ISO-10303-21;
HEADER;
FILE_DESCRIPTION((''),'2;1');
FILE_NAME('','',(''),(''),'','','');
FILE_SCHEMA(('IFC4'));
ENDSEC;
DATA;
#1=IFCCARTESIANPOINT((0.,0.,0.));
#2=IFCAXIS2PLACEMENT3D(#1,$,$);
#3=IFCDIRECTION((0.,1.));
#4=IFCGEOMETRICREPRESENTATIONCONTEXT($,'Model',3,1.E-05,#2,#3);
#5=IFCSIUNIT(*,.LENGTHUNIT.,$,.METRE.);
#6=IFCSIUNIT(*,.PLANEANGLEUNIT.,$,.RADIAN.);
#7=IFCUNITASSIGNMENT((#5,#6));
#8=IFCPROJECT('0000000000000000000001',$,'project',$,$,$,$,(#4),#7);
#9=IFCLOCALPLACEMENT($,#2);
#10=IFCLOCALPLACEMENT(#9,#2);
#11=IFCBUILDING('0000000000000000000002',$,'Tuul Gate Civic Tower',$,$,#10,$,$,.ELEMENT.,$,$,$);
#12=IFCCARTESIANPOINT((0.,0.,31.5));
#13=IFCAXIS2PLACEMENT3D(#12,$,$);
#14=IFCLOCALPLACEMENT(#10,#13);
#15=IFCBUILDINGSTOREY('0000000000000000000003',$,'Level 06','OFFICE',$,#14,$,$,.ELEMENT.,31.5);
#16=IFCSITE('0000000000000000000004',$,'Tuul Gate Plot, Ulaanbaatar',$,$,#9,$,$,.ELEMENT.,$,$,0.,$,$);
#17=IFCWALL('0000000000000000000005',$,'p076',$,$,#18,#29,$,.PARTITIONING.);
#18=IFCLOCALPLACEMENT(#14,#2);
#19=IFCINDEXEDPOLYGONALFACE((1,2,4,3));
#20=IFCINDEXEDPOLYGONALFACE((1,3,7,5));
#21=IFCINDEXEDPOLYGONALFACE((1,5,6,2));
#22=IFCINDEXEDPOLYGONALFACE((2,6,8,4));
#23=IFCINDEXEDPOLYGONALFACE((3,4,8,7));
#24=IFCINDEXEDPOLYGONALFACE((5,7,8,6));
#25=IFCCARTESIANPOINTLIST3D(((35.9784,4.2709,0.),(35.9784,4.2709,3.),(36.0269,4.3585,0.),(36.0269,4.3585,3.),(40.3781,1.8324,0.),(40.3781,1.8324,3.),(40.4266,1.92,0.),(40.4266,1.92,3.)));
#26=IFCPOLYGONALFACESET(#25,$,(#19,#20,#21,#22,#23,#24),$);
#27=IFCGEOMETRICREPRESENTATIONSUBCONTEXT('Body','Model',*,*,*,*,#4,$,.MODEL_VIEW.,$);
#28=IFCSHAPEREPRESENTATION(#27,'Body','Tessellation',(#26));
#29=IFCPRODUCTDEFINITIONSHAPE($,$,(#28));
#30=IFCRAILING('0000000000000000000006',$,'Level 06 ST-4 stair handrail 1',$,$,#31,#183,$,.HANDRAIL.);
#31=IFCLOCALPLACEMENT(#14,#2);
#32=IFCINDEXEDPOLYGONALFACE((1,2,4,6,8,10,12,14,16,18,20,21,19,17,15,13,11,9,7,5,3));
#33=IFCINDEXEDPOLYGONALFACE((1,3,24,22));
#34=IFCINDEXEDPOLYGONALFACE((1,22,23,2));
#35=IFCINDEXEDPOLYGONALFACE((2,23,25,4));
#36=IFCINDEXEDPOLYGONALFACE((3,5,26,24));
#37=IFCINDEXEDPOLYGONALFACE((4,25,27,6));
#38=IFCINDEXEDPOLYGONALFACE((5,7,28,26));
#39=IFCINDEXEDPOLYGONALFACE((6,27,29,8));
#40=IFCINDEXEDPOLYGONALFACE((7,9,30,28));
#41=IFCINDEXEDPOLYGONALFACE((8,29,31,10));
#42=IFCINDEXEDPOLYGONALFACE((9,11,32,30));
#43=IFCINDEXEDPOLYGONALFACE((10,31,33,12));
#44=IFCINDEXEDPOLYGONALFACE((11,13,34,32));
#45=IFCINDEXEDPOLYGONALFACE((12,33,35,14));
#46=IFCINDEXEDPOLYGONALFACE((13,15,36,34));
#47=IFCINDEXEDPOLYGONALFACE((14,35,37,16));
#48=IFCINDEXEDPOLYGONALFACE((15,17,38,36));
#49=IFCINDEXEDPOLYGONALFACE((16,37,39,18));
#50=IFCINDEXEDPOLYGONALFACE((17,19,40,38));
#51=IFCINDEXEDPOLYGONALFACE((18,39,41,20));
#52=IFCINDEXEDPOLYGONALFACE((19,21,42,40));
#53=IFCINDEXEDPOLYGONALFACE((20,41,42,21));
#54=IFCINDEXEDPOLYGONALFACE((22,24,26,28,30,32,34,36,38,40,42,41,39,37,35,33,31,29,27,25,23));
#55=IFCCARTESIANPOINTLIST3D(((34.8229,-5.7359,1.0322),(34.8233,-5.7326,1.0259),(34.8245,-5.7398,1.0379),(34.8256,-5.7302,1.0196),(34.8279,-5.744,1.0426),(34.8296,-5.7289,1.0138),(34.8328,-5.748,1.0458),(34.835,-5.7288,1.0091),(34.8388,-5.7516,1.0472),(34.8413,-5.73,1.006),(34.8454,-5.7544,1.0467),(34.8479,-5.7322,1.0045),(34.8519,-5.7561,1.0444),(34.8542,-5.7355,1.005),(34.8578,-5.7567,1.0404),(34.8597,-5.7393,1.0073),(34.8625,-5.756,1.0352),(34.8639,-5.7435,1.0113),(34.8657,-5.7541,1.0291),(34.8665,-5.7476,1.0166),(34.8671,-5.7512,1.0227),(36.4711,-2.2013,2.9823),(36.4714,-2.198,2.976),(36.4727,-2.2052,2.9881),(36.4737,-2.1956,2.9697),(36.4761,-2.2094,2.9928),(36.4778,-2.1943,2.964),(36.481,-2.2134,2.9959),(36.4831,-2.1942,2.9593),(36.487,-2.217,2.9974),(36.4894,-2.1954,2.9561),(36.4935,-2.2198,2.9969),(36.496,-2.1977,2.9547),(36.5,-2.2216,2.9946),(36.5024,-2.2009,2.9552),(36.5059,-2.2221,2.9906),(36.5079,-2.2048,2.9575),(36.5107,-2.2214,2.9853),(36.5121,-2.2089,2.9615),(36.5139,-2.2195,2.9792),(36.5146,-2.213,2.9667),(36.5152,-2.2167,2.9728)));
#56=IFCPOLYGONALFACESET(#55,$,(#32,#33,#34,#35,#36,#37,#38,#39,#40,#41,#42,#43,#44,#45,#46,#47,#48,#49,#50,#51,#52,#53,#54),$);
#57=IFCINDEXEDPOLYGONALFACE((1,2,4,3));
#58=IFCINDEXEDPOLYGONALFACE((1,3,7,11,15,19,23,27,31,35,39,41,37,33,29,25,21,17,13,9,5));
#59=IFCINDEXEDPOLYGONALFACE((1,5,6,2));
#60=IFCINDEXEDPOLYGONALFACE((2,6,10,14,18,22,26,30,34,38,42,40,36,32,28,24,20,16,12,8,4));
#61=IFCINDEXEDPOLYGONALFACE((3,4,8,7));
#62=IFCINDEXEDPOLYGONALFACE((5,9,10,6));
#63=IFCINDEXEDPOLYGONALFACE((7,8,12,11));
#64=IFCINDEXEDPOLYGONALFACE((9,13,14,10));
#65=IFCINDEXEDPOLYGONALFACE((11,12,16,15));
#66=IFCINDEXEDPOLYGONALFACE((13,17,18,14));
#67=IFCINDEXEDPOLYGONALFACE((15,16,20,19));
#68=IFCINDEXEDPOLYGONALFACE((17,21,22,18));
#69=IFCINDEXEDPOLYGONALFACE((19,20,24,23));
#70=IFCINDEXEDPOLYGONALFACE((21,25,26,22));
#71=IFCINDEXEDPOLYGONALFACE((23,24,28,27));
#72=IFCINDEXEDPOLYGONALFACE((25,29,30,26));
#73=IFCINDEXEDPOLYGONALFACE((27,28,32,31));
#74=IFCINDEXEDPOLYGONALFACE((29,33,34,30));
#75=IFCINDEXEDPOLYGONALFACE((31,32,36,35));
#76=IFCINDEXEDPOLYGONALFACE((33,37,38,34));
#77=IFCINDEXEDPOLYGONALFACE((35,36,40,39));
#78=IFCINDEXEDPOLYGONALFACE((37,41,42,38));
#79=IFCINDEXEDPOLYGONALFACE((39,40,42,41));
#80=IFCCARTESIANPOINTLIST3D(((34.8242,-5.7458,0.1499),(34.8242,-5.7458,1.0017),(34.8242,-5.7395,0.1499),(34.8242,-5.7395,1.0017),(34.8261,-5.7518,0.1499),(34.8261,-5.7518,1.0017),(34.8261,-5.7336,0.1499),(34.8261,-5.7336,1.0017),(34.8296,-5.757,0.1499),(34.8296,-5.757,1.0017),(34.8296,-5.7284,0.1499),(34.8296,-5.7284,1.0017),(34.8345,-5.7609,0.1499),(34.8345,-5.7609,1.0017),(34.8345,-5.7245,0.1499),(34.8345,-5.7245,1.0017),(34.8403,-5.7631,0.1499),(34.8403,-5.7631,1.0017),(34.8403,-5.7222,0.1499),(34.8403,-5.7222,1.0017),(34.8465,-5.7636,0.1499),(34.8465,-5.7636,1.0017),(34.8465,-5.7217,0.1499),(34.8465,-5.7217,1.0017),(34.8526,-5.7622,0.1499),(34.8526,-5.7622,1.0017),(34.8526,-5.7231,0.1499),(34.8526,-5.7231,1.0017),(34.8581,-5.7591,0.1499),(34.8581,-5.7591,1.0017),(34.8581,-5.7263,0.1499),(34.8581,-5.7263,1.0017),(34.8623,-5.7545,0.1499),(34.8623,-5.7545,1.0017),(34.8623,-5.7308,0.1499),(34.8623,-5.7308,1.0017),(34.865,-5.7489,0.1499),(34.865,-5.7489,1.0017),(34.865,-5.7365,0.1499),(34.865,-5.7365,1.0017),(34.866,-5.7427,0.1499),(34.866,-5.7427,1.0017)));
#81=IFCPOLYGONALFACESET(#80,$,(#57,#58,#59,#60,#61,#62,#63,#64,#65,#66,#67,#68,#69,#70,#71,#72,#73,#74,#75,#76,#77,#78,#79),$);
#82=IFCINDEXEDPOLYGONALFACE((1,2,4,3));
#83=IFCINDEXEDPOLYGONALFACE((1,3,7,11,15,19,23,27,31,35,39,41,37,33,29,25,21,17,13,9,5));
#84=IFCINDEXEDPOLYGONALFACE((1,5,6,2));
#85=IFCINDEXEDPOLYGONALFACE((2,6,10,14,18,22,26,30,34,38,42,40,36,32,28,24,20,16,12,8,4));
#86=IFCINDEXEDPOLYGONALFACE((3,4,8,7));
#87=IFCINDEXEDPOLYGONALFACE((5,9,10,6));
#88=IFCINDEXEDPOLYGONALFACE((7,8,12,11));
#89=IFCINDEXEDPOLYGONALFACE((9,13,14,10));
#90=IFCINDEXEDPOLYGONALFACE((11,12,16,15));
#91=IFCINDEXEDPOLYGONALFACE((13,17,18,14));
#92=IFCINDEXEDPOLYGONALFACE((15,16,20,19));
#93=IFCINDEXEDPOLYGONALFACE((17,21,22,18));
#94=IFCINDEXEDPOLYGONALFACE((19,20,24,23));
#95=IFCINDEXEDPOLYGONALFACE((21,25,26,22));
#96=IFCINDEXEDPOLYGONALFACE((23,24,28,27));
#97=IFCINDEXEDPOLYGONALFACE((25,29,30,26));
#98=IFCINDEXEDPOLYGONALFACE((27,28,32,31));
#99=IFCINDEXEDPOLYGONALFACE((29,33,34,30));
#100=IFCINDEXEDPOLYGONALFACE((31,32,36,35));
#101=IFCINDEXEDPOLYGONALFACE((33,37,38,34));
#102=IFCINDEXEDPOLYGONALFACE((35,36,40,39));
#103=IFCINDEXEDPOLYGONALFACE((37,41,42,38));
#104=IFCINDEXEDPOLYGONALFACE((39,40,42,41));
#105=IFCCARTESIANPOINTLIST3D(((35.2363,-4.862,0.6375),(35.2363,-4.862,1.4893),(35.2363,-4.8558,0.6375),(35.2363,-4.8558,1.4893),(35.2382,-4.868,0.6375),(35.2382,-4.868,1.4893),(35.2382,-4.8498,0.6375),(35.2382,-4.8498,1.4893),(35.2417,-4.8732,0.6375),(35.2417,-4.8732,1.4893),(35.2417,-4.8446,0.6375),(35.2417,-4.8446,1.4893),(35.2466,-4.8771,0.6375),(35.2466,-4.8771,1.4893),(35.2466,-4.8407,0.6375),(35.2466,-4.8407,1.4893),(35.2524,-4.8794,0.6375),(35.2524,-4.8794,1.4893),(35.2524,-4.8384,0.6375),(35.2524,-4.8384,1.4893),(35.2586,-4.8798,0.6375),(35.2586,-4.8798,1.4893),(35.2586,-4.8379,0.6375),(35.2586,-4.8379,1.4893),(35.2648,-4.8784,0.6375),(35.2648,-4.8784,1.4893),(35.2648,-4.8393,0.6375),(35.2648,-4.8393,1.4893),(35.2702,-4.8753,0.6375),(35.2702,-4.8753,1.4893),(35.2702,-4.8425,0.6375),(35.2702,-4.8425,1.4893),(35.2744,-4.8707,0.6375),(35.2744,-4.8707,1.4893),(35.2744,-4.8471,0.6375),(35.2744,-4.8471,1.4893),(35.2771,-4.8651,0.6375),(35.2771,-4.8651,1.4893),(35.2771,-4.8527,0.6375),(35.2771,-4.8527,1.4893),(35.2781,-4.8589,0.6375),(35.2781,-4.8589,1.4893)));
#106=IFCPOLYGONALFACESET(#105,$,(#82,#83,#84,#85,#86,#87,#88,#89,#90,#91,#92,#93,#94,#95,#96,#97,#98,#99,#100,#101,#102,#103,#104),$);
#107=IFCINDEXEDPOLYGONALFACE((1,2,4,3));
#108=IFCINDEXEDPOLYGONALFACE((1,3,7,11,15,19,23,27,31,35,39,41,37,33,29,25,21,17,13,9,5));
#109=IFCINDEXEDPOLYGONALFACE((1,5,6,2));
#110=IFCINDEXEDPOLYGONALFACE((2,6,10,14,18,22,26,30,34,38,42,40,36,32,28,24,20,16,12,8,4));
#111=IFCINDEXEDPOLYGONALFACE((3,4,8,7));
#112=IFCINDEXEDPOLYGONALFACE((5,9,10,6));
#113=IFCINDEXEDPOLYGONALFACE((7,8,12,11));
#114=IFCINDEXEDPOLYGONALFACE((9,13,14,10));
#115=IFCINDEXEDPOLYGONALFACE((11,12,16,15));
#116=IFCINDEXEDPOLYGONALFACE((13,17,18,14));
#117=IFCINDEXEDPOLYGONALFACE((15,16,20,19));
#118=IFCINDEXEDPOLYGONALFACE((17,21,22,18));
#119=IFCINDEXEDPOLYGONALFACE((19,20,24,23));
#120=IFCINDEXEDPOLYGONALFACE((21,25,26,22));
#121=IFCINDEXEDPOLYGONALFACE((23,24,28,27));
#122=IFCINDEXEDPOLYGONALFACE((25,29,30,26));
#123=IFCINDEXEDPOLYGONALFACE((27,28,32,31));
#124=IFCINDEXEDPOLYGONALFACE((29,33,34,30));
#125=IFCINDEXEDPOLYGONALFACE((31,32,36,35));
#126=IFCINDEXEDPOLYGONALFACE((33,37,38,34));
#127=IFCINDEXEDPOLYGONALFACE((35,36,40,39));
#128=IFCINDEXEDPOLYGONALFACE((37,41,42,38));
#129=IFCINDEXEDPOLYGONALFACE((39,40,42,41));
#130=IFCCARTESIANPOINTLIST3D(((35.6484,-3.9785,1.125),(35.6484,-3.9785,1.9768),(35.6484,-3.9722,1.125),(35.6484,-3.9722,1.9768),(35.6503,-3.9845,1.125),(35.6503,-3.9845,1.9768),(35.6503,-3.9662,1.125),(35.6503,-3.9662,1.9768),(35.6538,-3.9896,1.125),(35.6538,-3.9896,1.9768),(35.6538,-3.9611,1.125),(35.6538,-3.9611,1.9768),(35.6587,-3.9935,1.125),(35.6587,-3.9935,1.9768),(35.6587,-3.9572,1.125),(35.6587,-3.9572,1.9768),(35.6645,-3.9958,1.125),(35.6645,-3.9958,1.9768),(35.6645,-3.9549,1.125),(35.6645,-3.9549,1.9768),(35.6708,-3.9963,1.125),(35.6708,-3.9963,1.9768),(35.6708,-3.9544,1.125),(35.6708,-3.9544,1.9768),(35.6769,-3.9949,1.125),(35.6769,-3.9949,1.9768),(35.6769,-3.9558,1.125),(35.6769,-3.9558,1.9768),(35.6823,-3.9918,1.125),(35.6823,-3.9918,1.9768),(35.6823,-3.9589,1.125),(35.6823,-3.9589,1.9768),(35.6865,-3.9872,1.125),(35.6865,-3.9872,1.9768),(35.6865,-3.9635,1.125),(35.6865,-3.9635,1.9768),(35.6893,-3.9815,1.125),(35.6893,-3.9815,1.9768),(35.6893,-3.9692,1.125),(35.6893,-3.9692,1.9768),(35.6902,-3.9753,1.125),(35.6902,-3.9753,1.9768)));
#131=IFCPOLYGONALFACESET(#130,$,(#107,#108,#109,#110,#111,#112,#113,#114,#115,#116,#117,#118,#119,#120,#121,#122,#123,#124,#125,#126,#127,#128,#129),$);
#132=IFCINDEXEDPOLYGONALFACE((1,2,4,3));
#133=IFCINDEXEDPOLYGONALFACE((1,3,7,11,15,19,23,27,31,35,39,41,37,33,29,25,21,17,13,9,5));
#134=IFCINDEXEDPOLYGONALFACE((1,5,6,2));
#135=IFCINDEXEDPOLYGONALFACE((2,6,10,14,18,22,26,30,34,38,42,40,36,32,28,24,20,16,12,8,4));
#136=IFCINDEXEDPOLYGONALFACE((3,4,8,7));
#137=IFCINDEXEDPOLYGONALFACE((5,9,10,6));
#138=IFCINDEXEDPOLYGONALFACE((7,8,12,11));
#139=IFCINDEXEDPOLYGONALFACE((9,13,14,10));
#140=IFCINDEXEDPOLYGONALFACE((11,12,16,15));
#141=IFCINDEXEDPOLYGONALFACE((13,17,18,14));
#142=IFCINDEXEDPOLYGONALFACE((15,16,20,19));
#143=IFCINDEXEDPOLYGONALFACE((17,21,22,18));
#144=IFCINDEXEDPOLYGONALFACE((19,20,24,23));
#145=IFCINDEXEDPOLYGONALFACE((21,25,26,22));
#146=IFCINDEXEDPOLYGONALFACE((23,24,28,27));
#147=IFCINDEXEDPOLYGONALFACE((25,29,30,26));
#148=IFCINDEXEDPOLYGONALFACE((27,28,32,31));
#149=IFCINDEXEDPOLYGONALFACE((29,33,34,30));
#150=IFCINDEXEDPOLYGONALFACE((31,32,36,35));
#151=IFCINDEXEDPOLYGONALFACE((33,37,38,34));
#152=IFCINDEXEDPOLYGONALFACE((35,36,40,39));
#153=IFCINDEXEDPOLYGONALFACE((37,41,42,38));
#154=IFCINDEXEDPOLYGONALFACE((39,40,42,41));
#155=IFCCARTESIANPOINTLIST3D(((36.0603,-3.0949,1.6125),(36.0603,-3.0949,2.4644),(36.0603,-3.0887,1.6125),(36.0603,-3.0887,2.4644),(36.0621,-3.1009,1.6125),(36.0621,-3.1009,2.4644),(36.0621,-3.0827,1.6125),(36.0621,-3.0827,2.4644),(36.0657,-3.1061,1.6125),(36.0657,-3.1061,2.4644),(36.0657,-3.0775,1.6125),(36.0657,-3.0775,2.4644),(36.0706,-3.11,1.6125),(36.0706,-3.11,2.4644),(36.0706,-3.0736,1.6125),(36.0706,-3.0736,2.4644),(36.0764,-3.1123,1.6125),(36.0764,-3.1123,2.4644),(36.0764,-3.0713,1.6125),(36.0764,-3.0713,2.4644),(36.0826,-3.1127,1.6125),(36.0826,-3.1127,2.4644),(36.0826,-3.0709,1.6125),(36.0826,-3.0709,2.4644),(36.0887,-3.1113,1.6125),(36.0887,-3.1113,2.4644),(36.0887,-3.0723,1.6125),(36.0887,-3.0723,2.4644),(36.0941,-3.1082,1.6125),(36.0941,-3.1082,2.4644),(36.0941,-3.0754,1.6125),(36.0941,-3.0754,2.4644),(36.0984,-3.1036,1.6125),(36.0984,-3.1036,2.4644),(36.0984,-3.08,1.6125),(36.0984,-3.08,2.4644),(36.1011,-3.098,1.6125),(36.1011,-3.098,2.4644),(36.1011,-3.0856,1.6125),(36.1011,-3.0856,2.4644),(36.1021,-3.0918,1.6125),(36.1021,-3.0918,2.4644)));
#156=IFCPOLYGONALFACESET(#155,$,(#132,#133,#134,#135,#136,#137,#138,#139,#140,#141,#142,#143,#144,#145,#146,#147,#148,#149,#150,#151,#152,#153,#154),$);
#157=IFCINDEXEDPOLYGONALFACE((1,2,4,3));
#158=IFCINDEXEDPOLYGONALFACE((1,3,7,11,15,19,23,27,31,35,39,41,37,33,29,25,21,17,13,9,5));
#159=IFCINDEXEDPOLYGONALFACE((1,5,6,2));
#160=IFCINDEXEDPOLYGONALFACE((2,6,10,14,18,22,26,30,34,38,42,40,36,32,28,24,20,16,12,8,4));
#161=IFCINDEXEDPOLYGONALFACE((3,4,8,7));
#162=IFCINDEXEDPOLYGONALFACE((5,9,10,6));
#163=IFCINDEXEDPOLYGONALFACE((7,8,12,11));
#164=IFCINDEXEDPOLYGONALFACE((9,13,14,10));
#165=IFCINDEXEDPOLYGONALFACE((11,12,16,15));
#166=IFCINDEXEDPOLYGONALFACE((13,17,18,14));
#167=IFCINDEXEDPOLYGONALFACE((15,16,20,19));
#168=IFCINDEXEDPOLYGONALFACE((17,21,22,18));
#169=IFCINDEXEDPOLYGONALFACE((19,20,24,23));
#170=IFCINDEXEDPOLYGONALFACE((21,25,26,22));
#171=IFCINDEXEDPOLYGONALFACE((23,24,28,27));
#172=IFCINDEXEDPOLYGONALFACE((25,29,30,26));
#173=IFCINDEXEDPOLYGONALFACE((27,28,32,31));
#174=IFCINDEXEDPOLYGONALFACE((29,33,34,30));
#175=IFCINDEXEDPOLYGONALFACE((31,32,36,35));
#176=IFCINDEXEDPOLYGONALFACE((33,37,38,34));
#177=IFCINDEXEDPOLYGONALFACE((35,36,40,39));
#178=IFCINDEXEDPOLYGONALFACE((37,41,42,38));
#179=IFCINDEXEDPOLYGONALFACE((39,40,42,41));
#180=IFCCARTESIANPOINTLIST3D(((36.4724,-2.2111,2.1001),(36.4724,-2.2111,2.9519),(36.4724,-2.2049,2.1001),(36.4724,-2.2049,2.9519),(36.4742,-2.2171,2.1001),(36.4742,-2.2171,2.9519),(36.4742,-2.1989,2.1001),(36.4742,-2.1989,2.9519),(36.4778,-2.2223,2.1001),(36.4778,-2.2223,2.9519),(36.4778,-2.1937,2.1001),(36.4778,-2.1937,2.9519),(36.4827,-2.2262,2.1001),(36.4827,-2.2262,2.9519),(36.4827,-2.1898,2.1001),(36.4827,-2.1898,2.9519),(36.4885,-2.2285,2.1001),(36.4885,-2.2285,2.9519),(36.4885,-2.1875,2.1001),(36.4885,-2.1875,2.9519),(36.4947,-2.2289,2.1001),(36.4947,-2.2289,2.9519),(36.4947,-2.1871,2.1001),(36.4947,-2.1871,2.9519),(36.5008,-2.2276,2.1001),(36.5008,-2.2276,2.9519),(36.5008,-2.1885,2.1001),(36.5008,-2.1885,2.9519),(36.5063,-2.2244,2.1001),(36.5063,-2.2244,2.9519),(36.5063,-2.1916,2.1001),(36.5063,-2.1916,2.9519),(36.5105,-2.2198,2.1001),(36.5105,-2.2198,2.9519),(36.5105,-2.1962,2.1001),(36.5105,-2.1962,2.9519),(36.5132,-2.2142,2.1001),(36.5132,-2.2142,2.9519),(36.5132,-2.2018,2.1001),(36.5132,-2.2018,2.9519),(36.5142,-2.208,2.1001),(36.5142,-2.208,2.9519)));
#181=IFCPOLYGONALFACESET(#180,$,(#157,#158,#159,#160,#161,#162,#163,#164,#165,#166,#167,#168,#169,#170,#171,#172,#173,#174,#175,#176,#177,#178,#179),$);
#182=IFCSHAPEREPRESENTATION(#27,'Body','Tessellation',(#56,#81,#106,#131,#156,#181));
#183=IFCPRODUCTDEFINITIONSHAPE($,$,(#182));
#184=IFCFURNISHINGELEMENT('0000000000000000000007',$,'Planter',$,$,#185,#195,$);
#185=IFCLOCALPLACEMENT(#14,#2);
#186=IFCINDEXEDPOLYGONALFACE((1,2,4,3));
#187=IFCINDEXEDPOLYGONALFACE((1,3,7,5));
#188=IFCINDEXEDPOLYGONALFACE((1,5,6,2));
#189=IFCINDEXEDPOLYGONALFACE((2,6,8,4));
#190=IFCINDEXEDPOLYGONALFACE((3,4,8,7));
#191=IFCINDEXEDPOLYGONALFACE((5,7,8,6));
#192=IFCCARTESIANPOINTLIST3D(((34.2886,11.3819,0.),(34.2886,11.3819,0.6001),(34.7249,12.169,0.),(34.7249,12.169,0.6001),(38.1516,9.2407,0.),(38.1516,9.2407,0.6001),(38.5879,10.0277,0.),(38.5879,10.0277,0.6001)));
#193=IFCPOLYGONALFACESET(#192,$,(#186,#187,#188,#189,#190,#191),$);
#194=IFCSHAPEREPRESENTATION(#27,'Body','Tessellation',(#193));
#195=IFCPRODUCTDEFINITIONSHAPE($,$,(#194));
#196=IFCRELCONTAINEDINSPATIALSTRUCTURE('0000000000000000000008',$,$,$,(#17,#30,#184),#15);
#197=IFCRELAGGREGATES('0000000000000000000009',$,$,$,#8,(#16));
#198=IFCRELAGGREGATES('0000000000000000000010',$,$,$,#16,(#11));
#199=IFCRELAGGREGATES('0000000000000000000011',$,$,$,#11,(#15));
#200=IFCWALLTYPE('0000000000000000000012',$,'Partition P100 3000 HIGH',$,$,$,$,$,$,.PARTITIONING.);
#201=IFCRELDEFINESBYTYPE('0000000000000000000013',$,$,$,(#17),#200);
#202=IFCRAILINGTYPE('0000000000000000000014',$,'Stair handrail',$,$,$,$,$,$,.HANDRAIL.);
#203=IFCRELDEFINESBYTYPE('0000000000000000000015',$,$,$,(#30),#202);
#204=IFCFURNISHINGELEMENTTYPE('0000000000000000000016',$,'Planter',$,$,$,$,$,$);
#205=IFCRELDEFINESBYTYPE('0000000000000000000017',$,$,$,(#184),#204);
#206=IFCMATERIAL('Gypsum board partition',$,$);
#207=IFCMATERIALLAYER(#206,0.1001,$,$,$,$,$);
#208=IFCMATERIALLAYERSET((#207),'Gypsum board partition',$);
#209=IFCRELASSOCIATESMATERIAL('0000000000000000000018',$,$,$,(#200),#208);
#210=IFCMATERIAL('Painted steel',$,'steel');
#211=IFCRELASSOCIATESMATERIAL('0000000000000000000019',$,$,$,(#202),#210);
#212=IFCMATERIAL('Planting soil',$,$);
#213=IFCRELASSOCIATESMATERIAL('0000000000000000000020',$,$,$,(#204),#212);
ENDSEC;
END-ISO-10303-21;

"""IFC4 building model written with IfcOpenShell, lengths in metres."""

from ifc_helpers import new_model, si_unit, direction, frame, frame_2d, origin, origin_2d, place, context, subcontext, project, spatial, rectangle, circle, extrude, material, layer, layer_set, type_object, element, save


model = new_model("IFC4")

# Units and contexts
model_context = context("Model", 3, precision=1e-05, world=origin(), true_north=direction((0.0, 1.0)))
body_context = subcontext(model_context, "Body", "Model", "MODEL_VIEW")
ifc_project = project(units=[si_unit("LENGTHUNIT", "METRE"), si_unit("PLANEANGLEUNIT", "RADIAN")], contexts=[model_context])

# Site, building, storey
site_placement = place(None, origin())
site = spatial("IfcSite", under=ifc_project, at=site_placement, Name="Tuul Gate Plot, Ulaanbaatar", CompositionType="ELEMENT", RefElevation=0.0)
building_placement = place(site_placement, origin())
building = spatial("IfcBuilding", under=site, at=building_placement, Name="Tuul Gate Civic Tower", CompositionType="ELEMENT")
storey_placement = place(building_placement, frame((0.0, 0.0, 31.5)))
storey = spatial("IfcBuildingStorey", under=building, at=storey_placement, Name="Level 06", Description="OFFICE", CompositionType="ELEMENT", Elevation=31.5)

# Wall
ifc_material_1 = material(Name="Gypsum board partition")
ifc_layer_1 = layer(ifc_material_1, 0.1001)
ifc_layer_set_1 = layer_set([ifc_layer_1], Name="Gypsum board partition")
wall_type_1 = type_object("IfcWallType", Name="Partition P100 3000 HIGH", PredefinedType="PARTITIONING", material=ifc_layer_set_1)
wall_1_placement = place(storey_placement, frame((36.0027, 4.3147, 0.0), z_axis=(0.0, 0.0, 1.0), x_axis=(0.874644, -0.484765, 0.0)))
element("IfcWall", 1, at=wall_1_placement, inside=storey, type_object=wall_type_1, Name="p076", PredefinedType="PARTITIONING", context=body_context, shape_type="SweptSolid", body=[
    extrude(rectangle(XDim=5.0303, YDim=0.1001, at=frame_2d((2.5151, 0.0))), origin(), (0.0, 0.0, 1.0), 3.0),
])

# Railing
ifc_material_2 = material(Name="Painted steel", Category="steel")
railing_type = type_object("IfcRailingType", Name="Stair handrail", PredefinedType="HANDRAIL", material=ifc_material_2)
railing_placement = place(storey_placement, frame((34.845, -5.7427, 0.1499)))
element("IfcRailing", 2, at=railing_placement, inside=storey, type_object=railing_type, Name="Level 06 ST-4 stair handrail 1", PredefinedType="HANDRAIL", context=body_context, shape_type="SweptSolid", body=[
    extrude(circle(Radius=0.0239, at=origin_2d()), frame((0.0, 0.0, 0.876), z_axis=(0.377985, 0.810617, 0.447245), x_axis=(-0.906313, 0.422608, 0.0)), (0.0, 0.0, 1.0), 4.3604),
    extrude(circle(Radius=0.021, at=origin_2d()), origin(), (0.0, 0.0, 1.0), 0.8518),
    extrude(circle(Radius=0.021, at=origin_2d()), frame((0.4121, 0.8838, 0.4875)), (0.0, 0.0, 1.0), 0.8518),
    extrude(circle(Radius=0.021, at=origin_2d()), frame((0.8242, 1.7673, 0.9751)), (0.0, 0.0, 1.0), 0.8518),
    extrude(circle(Radius=0.021, at=origin_2d()), frame((1.2361, 2.6509, 1.4626)), (0.0, 0.0, 1.0), 0.8518),
    extrude(circle(Radius=0.021, at=origin_2d()), frame((1.6482, 3.5347, 1.9502)), (0.0, 0.0, 1.0), 0.8518),
])

# Furnishing element
ifc_material_3 = material(Name="Planting soil")
furnishing_element_type = type_object("IfcFurnishingElementType", Name="Planter", material=ifc_material_3)
furnishing_placement = place(storey_placement, frame((36.4382, 10.7048, 0.0), z_axis=(0.0, 0.0, 1.0), x_axis=(-0.874623, 0.484803, 0.0)))
element("IfcFurnishingElement", 3, at=furnishing_placement, inside=storey, type_object=furnishing_element_type, Name="Planter", context=body_context, shape_type="SweptSolid", body=[
    extrude(rectangle(XDim=4.4167, YDim=0.8999, at=origin_2d()), origin(), (0.0, 0.0, 1.0), 0.6001),
])

save(model, "model.ifc")
